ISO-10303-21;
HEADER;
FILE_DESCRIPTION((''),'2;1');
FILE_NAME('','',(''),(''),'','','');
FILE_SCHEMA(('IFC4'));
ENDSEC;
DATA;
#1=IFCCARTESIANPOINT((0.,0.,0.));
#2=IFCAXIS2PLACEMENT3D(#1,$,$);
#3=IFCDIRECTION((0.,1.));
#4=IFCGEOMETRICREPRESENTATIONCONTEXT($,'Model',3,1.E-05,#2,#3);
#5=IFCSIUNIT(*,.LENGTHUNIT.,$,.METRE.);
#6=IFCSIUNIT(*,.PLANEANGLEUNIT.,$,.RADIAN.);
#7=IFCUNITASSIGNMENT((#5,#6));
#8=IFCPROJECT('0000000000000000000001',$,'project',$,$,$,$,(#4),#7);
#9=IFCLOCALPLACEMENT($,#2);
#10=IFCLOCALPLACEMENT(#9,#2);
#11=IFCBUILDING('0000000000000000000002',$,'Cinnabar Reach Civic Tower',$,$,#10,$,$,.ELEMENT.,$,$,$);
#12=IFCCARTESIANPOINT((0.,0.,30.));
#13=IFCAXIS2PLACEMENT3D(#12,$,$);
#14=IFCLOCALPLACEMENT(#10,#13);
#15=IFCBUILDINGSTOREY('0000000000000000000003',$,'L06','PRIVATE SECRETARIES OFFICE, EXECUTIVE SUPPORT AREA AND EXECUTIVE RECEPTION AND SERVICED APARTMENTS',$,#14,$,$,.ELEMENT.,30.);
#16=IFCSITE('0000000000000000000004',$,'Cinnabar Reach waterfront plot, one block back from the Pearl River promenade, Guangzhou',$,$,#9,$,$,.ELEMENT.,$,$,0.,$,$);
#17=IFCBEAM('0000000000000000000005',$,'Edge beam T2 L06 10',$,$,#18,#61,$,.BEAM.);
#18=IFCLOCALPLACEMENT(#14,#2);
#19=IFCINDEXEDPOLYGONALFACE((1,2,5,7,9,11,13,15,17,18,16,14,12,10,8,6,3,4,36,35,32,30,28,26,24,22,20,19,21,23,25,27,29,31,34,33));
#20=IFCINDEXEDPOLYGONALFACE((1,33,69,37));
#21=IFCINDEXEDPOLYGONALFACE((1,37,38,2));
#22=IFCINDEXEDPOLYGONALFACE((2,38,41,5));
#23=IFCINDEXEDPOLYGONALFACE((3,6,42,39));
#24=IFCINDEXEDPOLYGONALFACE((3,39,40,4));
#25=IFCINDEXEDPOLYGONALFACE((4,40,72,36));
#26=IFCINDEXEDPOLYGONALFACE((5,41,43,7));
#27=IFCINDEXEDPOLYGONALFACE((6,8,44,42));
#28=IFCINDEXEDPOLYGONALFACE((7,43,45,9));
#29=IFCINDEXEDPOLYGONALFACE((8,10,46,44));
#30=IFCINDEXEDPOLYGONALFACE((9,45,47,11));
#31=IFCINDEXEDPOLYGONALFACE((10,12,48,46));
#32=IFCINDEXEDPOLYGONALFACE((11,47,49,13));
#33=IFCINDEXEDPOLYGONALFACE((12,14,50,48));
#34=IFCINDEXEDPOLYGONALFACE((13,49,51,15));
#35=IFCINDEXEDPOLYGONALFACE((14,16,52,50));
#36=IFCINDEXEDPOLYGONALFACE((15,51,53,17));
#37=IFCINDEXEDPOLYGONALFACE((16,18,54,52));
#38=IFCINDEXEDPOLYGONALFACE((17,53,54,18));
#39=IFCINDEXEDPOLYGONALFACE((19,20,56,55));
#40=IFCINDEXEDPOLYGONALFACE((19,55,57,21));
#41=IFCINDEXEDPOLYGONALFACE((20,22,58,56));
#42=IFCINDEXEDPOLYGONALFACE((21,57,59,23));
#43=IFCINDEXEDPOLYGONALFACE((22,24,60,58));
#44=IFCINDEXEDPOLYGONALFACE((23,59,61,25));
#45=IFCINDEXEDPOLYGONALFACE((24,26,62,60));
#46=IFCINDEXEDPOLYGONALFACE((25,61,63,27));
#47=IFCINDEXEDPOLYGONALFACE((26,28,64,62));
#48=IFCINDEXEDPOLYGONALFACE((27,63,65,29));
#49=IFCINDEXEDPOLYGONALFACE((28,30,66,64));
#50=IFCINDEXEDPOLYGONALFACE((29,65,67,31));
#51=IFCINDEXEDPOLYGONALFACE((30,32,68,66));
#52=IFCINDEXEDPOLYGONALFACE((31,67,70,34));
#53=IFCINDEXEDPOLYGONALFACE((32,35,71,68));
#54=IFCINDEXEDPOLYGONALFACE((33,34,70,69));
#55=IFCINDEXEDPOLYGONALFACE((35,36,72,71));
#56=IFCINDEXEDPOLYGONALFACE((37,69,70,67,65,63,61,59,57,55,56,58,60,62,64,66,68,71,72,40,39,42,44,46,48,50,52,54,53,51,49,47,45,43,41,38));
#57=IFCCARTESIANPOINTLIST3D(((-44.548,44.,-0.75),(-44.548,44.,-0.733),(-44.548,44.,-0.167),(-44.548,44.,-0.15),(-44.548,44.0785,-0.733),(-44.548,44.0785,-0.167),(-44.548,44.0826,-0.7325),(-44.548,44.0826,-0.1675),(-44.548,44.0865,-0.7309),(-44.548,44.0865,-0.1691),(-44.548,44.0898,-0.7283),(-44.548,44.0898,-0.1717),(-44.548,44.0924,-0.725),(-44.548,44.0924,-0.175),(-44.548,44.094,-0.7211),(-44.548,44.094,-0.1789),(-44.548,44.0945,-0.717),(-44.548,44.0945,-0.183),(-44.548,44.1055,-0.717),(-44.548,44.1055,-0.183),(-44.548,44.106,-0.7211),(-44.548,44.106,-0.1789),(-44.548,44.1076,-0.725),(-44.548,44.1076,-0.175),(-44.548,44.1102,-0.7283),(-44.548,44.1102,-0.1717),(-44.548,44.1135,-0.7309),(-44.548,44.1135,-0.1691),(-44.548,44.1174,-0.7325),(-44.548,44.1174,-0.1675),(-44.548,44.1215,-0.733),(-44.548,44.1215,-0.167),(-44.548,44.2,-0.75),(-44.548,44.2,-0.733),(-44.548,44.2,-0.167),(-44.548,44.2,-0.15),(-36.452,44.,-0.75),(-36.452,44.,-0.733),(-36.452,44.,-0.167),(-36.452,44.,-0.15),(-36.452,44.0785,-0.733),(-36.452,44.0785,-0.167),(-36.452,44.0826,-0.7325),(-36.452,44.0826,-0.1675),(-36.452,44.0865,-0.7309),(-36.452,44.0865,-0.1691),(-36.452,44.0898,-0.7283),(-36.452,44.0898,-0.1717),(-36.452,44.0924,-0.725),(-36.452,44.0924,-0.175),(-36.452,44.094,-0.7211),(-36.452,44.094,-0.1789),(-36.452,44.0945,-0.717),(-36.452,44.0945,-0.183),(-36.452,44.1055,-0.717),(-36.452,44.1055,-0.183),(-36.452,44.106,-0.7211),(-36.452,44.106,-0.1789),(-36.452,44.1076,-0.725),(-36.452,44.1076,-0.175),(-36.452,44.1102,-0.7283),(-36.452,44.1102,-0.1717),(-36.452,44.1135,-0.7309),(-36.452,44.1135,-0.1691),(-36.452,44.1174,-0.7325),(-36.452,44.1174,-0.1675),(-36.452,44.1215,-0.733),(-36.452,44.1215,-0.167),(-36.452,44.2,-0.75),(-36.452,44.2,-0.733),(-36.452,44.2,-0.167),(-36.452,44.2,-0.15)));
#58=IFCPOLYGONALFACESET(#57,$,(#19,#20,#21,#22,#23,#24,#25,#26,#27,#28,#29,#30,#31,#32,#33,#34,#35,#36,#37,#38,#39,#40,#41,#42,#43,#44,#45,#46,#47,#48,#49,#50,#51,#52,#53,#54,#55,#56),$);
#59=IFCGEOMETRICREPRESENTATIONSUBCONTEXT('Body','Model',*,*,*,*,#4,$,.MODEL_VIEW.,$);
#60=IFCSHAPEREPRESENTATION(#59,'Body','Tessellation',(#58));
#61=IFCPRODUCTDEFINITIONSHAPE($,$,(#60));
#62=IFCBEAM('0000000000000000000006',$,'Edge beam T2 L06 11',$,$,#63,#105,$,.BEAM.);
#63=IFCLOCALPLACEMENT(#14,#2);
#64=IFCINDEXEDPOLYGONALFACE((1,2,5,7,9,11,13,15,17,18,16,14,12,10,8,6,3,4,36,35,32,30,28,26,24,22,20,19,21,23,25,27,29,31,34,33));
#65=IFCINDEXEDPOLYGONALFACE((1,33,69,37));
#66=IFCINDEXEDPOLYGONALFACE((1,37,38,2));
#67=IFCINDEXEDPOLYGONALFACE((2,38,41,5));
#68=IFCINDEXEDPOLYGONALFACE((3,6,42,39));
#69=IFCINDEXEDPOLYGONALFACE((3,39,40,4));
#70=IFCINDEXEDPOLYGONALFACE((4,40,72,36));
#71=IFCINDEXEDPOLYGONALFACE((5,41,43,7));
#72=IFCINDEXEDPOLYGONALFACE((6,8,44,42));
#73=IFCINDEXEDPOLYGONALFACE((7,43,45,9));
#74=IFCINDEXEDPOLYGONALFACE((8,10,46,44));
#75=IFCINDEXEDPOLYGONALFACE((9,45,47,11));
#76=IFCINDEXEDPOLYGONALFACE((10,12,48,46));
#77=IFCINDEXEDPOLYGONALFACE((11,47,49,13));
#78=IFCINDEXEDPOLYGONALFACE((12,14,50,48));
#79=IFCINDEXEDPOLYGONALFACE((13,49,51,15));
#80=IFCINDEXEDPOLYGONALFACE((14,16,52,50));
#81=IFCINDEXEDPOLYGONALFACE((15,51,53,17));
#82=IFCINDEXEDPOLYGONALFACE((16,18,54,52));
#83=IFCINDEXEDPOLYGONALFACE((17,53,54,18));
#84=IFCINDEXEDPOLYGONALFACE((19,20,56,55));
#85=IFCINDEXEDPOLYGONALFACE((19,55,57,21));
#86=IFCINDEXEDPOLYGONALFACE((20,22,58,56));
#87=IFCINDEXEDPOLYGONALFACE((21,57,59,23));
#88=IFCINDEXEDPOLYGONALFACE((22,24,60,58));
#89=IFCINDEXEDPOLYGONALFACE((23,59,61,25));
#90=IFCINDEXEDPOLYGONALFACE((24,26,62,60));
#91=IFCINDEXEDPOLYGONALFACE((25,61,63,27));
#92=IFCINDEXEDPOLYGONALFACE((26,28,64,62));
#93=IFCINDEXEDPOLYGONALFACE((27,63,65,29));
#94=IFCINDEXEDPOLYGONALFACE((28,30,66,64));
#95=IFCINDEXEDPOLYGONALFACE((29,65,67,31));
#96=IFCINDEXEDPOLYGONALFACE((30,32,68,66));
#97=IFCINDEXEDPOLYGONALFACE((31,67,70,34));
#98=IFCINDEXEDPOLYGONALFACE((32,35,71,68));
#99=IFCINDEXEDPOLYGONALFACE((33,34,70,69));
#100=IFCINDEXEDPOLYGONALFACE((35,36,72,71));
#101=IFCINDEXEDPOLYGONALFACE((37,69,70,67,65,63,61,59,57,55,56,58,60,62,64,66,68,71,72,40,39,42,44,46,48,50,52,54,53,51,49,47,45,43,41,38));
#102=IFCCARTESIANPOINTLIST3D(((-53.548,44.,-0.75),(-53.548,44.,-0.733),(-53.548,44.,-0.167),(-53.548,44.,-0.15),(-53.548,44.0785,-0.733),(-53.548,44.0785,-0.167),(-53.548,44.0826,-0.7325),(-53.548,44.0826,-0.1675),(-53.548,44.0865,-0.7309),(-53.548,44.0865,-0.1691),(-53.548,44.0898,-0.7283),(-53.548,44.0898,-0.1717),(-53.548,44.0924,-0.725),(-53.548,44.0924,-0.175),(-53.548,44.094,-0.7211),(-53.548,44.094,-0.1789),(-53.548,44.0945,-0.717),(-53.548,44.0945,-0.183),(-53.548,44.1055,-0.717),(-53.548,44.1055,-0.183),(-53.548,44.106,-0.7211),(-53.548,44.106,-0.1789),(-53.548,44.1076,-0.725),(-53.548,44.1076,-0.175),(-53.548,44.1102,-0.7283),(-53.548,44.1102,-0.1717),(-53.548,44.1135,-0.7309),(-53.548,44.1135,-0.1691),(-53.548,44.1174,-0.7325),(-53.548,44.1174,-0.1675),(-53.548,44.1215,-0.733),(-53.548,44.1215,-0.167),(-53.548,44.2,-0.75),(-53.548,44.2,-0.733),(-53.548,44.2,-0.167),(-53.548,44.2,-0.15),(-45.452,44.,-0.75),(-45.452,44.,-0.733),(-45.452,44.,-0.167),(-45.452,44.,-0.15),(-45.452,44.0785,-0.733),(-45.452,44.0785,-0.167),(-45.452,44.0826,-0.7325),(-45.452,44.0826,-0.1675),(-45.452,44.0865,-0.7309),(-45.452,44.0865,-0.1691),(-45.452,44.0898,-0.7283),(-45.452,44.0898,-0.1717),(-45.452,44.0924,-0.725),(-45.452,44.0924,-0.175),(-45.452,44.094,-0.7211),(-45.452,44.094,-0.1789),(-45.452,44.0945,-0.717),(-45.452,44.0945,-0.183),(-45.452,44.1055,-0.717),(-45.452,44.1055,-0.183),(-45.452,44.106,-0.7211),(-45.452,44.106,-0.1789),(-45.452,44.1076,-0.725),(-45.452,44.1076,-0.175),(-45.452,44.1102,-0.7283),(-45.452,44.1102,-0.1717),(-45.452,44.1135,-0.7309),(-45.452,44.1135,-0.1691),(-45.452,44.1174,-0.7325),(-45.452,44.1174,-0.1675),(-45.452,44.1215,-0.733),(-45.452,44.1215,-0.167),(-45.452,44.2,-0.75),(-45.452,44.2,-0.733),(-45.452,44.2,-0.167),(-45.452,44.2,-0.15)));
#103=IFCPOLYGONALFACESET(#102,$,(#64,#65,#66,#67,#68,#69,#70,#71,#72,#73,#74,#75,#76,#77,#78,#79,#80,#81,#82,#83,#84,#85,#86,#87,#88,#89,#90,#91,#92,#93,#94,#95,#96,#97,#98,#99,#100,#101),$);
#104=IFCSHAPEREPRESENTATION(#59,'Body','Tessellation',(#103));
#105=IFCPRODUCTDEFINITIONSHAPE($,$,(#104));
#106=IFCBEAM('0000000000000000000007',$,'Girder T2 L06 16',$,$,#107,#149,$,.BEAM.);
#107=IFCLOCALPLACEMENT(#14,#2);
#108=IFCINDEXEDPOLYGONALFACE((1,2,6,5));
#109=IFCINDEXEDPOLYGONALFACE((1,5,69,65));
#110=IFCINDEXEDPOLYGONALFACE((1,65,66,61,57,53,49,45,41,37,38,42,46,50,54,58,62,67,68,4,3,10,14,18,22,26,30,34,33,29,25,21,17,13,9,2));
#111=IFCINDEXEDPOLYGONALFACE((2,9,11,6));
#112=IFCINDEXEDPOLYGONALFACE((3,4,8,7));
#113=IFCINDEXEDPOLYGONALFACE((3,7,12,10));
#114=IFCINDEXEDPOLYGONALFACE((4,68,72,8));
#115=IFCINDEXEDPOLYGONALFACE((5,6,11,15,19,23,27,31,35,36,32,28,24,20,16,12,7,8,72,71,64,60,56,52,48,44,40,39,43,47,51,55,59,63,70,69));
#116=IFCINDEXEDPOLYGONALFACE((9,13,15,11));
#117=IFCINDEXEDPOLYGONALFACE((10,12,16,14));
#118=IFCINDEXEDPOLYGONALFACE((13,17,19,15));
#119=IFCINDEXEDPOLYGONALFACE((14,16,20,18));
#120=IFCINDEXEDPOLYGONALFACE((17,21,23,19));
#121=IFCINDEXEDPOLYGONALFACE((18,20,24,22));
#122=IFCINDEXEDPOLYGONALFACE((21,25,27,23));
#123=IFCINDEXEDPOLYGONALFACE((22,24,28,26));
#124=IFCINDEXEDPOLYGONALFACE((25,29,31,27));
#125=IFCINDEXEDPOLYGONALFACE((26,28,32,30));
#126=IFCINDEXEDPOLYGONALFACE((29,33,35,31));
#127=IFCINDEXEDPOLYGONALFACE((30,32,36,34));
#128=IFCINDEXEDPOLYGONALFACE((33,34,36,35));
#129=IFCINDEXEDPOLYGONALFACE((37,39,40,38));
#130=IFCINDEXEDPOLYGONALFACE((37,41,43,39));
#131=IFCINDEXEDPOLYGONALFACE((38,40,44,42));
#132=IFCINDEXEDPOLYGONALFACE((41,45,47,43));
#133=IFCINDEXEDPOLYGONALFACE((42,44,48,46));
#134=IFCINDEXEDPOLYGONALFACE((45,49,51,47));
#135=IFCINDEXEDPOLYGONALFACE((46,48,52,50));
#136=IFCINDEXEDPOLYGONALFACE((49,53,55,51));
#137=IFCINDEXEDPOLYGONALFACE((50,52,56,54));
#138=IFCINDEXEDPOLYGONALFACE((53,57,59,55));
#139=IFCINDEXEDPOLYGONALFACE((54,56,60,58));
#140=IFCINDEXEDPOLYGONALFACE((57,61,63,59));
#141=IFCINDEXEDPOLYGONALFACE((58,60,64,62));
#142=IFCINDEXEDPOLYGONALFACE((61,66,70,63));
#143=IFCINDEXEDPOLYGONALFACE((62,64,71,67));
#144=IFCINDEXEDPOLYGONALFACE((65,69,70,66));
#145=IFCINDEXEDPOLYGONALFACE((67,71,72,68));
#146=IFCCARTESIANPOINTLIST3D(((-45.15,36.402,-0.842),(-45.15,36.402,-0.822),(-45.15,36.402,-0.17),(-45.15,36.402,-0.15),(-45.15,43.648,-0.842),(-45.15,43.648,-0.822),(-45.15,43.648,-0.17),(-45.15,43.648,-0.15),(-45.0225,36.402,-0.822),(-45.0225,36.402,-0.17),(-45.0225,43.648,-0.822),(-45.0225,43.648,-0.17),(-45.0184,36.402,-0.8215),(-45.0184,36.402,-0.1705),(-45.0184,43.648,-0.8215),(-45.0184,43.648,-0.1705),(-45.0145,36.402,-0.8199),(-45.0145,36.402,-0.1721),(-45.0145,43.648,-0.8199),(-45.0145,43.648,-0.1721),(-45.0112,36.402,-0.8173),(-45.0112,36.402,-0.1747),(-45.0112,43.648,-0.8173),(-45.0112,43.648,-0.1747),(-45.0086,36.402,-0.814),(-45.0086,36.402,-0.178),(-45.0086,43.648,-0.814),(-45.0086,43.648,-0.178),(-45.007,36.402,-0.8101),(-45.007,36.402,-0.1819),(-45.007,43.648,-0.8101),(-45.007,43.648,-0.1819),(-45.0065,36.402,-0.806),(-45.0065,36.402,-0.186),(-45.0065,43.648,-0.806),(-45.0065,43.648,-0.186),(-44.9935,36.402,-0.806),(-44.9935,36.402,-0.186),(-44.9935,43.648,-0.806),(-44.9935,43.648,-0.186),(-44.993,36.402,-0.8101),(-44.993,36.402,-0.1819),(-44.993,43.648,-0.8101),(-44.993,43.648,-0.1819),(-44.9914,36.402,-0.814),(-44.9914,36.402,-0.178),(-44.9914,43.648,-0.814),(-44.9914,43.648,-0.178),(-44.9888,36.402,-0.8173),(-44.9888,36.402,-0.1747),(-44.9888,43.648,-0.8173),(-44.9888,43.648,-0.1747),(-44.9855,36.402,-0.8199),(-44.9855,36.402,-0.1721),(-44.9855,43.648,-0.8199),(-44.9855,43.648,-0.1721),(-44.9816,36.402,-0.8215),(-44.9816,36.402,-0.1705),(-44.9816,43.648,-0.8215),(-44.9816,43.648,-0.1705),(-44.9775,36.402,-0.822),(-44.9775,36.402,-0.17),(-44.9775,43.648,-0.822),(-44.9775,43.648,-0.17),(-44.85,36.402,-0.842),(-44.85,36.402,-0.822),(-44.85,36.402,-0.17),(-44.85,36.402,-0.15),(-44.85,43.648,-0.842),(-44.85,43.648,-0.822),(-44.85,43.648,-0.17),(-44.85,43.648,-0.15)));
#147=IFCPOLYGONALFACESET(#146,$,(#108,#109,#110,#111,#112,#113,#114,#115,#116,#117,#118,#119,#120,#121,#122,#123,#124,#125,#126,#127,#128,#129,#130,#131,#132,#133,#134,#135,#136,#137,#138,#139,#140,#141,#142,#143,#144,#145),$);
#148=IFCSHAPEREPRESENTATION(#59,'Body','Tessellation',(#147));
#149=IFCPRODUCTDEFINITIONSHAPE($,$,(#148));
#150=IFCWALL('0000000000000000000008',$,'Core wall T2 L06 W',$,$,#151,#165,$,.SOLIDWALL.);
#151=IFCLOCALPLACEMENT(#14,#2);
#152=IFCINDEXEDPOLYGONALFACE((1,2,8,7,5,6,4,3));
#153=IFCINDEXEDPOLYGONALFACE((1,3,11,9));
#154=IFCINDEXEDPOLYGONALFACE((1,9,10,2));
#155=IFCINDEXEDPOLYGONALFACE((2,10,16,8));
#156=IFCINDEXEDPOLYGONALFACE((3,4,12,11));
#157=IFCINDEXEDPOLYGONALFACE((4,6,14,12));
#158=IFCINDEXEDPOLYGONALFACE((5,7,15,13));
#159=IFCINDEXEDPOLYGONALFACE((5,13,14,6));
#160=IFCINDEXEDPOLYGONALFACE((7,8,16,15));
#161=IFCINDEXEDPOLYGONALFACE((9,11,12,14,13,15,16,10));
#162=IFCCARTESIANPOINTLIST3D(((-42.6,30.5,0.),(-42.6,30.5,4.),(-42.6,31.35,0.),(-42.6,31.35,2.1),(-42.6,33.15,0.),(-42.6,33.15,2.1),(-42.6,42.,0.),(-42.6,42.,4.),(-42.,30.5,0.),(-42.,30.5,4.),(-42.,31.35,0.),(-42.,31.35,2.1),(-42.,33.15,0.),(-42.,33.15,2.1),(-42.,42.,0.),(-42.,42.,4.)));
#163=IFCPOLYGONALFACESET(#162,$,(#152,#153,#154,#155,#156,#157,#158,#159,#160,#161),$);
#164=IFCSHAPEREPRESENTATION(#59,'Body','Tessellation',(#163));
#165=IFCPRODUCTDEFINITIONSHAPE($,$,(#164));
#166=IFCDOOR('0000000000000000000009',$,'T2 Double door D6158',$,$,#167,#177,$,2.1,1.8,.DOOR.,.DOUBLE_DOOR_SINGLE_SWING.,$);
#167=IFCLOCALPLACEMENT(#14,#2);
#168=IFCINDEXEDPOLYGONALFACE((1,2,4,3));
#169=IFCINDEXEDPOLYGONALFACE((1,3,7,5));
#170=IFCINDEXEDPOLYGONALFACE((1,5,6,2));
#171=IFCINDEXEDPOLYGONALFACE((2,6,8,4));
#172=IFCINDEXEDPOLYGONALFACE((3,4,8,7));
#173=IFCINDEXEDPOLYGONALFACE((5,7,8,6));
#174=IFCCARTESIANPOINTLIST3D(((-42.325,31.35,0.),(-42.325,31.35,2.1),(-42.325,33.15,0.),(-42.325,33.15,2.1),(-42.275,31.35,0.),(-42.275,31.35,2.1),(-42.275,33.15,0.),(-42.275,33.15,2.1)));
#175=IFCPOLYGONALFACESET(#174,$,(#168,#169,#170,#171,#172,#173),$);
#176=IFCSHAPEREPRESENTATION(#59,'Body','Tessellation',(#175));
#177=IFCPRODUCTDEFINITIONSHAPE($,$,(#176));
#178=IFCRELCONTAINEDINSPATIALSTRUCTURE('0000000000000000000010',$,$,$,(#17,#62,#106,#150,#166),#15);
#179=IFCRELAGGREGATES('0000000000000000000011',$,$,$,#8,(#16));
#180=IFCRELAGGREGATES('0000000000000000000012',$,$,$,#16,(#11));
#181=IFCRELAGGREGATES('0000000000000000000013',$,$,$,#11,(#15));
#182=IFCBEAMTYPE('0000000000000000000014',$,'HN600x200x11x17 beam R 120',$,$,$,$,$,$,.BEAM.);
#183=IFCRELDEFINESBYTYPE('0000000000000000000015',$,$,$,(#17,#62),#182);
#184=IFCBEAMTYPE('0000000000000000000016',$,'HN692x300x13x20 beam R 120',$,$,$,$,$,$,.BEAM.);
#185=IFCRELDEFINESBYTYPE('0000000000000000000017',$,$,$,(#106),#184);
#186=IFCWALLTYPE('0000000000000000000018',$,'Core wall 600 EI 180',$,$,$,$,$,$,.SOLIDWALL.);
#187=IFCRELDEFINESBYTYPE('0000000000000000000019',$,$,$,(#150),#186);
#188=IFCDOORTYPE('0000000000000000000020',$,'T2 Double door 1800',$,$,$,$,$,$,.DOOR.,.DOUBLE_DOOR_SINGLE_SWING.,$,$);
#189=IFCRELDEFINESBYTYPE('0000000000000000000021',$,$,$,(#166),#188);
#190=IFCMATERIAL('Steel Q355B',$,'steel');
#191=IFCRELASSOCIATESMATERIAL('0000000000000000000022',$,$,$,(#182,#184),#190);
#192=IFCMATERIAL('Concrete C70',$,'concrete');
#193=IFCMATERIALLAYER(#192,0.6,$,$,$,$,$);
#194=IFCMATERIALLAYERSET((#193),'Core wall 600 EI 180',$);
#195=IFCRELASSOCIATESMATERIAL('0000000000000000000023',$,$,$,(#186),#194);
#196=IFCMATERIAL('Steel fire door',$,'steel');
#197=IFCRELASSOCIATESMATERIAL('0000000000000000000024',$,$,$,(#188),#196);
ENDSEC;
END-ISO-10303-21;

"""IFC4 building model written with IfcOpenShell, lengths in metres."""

from ifc_helpers import new_model, si_unit, direction, frame, frame_2d, origin, origin_2d, place, context, subcontext, project, spatial, rectangle, i_section, extrude, material, layer, layer_set, material_profile, profile_set, type_object, element, fill, save


model = new_model("IFC4")

# Units and contexts
model_context = context("Model", 3, precision=1e-05, world=origin(), true_north=direction((0.0, 1.0)))
body_context = subcontext(model_context, "Body", "Model", "MODEL_VIEW")
ifc_project = project(units=[si_unit("LENGTHUNIT", "METRE"), si_unit("PLANEANGLEUNIT", "RADIAN")], contexts=[model_context])

# Site, building, storey
site_placement = place(None, origin())
site = spatial("IfcSite", under=ifc_project, at=site_placement, Name="Cinnabar Reach waterfront plot, one block back from the Pearl River promenade, Guangzhou", CompositionType="ELEMENT", RefElevation=0.0)
building_placement = place(site_placement, origin())
building = spatial("IfcBuilding", under=site, at=building_placement, Name="Cinnabar Reach Civic Tower", CompositionType="ELEMENT")
storey_placement = place(building_placement, frame((0.0, 0.0, 30.0)))
storey = spatial("IfcBuildingStorey", under=building, at=storey_placement, Name="L06", Description="PRIVATE SECRETARIES OFFICE, EXECUTIVE SUPPORT AREA AND EXECUTIVE RECEPTION AND SERVICED APARTMENTS", CompositionType="ELEMENT", Elevation=30.0)

# Shared definitions
ifc_material_1 = material(Name="Concrete C70", Category="concrete")

# Beams
ifc_material_2 = material(Name="Steel Q355B", Category="steel")
ifc_material_profile_1 = material_profile(ifc_material_2, i_section(OverallWidth=0.2, OverallDepth=0.6, WebThickness=0.011, FlangeThickness=0.017, FilletRadius=0.016, at=origin_2d()), Name="HN600x200x11x17")
ifc_profile_set_1 = profile_set([ifc_material_profile_1], Name="Steel Q355B")
beam_type_1 = type_object("IfcBeamType", Name="HN600x200x11x17 beam R 120", PredefinedType="BEAM", material=ifc_profile_set_1)
for number, where, z_axis, x_axis, name in (
    (1, (-36.452, 44.1, -0.45), (-1.0, 0.0, 0.0), (0.0, -1.0, 0.0), "Edge beam T2 L06 10"),
    (2, (-45.452, 44.1, -0.45), (-1.0, 0.0, 0.0), (0.0, -1.0, 0.0), "Edge beam T2 L06 11"),
):
    element("IfcBeam", number, at=place(storey_placement, frame(where, z_axis=z_axis, x_axis=x_axis)), inside=storey, type_object=beam_type_1, Name=name, PredefinedType="BEAM", context=body_context, shape_type="SweptSolid", body=[
        extrude(i_section(OverallWidth=0.2, OverallDepth=0.6, WebThickness=0.011, FlangeThickness=0.017, FilletRadius=0.016, at=origin_2d()), origin(), (0.0, 0.0, 1.0), 8.096),
    ])
ifc_material_profile_2 = material_profile(ifc_material_2, i_section(OverallWidth=0.3, OverallDepth=0.692, WebThickness=0.013, FlangeThickness=0.02, FilletRadius=0.016, at=origin_2d()), Name="HN692x300x13x20")
ifc_profile_set_2 = profile_set([ifc_material_profile_2], Name="Steel Q355B")
beam_type_2 = type_object("IfcBeamType", Name="HN692x300x13x20 beam R 120", PredefinedType="BEAM", material=ifc_profile_set_2)
beam_1_placement = place(storey_placement, frame((-45.0, 36.402, -0.496), z_axis=(0.0, 1.0, 0.0), x_axis=(-1.0, 0.0, 0.0)))
element("IfcBeam", 3, at=beam_1_placement, inside=storey, type_object=beam_type_2, Name="Girder T2 L06 16", PredefinedType="BEAM", context=body_context, shape_type="SweptSolid", body=[
    extrude(i_section(OverallWidth=0.3, OverallDepth=0.692, WebThickness=0.013, FlangeThickness=0.02, FilletRadius=0.016, at=origin_2d()), origin(), (0.0, 0.0, 1.0), 7.246),
])

# Wall, opening, door
ifc_layer_1 = layer(ifc_material_1, 0.6)
ifc_layer_set_1 = layer_set([ifc_layer_1], Name="Core wall 600 EI 180")
wall_type_1 = type_object("IfcWallType", Name="Core wall 600 EI 180", PredefinedType="SOLIDWALL", material=ifc_layer_set_1)
wall_1_placement = place(storey_placement, frame((-42.3, 42.0, 0.0), z_axis=(0.0, 0.0, 1.0), x_axis=(0.0, -1.0, 0.0)))
wall_1 = element("IfcWall", 4, at=wall_1_placement, inside=storey, type_object=wall_type_1, Name="Core wall T2 L06 W", PredefinedType="SOLIDWALL", context=body_context, shape_type="SweptSolid", body=[
    extrude(rectangle(XDim=11.5, YDim=0.6, at=frame_2d((5.75, 0.0))), origin(), (0.0, 0.0, 1.0), 4.0),
])
opening_1_placement = place(wall_1_placement, frame((8.85, 0.0, 0.0)))
opening_1 = element("IfcOpeningElement", 5, at=opening_1_placement, cuts=wall_1, PredefinedType="OPENING", context=body_context, shape_type="SweptSolid", body=[
    extrude(rectangle(XDim=1.8, YDim=2.1, at=frame_2d((0.9, 1.05))), frame((0.0, 0.31, 0.0), z_axis=(0.0, -1.0, 0.0), x_axis=(1.0, 0.0, 0.0)), (0.0, 0.0, 1.0), 0.62),
])
ifc_material_3 = material(Name="Steel fire door", Category="steel")
door_type_1 = type_object("IfcDoorType", Name="T2 Double door 1800", OperationType="DOUBLE_DOOR_SINGLE_SWING", PredefinedType="DOOR", material=ifc_material_3)
door_1_placement = place(opening_1_placement, frame((1.8, 0.0, 0.0), z_axis=(0.0, 0.0, 1.0), x_axis=(-1.0, 0.0, 0.0)))
door_1 = element("IfcDoor", 6, at=door_1_placement, inside=storey, type_object=door_type_1, Name="T2 Double door D6158", OperationType="DOUBLE_DOOR_SINGLE_SWING", OverallHeight=2.1, OverallWidth=1.8, PredefinedType="DOOR", context=body_context, shape_type="SweptSolid", body=[
    extrude(rectangle(XDim=1.8, YDim=2.1, at=frame_2d((0.9, 1.05))), frame((0.0, 0.025, 0.0), z_axis=(0.0, -1.0, 0.0), x_axis=(1.0, 0.0, 0.0)), (0.0, 0.0, 1.0), 0.05),
])
fill(opening_1, door_1)

save(model, "model.ifc")
